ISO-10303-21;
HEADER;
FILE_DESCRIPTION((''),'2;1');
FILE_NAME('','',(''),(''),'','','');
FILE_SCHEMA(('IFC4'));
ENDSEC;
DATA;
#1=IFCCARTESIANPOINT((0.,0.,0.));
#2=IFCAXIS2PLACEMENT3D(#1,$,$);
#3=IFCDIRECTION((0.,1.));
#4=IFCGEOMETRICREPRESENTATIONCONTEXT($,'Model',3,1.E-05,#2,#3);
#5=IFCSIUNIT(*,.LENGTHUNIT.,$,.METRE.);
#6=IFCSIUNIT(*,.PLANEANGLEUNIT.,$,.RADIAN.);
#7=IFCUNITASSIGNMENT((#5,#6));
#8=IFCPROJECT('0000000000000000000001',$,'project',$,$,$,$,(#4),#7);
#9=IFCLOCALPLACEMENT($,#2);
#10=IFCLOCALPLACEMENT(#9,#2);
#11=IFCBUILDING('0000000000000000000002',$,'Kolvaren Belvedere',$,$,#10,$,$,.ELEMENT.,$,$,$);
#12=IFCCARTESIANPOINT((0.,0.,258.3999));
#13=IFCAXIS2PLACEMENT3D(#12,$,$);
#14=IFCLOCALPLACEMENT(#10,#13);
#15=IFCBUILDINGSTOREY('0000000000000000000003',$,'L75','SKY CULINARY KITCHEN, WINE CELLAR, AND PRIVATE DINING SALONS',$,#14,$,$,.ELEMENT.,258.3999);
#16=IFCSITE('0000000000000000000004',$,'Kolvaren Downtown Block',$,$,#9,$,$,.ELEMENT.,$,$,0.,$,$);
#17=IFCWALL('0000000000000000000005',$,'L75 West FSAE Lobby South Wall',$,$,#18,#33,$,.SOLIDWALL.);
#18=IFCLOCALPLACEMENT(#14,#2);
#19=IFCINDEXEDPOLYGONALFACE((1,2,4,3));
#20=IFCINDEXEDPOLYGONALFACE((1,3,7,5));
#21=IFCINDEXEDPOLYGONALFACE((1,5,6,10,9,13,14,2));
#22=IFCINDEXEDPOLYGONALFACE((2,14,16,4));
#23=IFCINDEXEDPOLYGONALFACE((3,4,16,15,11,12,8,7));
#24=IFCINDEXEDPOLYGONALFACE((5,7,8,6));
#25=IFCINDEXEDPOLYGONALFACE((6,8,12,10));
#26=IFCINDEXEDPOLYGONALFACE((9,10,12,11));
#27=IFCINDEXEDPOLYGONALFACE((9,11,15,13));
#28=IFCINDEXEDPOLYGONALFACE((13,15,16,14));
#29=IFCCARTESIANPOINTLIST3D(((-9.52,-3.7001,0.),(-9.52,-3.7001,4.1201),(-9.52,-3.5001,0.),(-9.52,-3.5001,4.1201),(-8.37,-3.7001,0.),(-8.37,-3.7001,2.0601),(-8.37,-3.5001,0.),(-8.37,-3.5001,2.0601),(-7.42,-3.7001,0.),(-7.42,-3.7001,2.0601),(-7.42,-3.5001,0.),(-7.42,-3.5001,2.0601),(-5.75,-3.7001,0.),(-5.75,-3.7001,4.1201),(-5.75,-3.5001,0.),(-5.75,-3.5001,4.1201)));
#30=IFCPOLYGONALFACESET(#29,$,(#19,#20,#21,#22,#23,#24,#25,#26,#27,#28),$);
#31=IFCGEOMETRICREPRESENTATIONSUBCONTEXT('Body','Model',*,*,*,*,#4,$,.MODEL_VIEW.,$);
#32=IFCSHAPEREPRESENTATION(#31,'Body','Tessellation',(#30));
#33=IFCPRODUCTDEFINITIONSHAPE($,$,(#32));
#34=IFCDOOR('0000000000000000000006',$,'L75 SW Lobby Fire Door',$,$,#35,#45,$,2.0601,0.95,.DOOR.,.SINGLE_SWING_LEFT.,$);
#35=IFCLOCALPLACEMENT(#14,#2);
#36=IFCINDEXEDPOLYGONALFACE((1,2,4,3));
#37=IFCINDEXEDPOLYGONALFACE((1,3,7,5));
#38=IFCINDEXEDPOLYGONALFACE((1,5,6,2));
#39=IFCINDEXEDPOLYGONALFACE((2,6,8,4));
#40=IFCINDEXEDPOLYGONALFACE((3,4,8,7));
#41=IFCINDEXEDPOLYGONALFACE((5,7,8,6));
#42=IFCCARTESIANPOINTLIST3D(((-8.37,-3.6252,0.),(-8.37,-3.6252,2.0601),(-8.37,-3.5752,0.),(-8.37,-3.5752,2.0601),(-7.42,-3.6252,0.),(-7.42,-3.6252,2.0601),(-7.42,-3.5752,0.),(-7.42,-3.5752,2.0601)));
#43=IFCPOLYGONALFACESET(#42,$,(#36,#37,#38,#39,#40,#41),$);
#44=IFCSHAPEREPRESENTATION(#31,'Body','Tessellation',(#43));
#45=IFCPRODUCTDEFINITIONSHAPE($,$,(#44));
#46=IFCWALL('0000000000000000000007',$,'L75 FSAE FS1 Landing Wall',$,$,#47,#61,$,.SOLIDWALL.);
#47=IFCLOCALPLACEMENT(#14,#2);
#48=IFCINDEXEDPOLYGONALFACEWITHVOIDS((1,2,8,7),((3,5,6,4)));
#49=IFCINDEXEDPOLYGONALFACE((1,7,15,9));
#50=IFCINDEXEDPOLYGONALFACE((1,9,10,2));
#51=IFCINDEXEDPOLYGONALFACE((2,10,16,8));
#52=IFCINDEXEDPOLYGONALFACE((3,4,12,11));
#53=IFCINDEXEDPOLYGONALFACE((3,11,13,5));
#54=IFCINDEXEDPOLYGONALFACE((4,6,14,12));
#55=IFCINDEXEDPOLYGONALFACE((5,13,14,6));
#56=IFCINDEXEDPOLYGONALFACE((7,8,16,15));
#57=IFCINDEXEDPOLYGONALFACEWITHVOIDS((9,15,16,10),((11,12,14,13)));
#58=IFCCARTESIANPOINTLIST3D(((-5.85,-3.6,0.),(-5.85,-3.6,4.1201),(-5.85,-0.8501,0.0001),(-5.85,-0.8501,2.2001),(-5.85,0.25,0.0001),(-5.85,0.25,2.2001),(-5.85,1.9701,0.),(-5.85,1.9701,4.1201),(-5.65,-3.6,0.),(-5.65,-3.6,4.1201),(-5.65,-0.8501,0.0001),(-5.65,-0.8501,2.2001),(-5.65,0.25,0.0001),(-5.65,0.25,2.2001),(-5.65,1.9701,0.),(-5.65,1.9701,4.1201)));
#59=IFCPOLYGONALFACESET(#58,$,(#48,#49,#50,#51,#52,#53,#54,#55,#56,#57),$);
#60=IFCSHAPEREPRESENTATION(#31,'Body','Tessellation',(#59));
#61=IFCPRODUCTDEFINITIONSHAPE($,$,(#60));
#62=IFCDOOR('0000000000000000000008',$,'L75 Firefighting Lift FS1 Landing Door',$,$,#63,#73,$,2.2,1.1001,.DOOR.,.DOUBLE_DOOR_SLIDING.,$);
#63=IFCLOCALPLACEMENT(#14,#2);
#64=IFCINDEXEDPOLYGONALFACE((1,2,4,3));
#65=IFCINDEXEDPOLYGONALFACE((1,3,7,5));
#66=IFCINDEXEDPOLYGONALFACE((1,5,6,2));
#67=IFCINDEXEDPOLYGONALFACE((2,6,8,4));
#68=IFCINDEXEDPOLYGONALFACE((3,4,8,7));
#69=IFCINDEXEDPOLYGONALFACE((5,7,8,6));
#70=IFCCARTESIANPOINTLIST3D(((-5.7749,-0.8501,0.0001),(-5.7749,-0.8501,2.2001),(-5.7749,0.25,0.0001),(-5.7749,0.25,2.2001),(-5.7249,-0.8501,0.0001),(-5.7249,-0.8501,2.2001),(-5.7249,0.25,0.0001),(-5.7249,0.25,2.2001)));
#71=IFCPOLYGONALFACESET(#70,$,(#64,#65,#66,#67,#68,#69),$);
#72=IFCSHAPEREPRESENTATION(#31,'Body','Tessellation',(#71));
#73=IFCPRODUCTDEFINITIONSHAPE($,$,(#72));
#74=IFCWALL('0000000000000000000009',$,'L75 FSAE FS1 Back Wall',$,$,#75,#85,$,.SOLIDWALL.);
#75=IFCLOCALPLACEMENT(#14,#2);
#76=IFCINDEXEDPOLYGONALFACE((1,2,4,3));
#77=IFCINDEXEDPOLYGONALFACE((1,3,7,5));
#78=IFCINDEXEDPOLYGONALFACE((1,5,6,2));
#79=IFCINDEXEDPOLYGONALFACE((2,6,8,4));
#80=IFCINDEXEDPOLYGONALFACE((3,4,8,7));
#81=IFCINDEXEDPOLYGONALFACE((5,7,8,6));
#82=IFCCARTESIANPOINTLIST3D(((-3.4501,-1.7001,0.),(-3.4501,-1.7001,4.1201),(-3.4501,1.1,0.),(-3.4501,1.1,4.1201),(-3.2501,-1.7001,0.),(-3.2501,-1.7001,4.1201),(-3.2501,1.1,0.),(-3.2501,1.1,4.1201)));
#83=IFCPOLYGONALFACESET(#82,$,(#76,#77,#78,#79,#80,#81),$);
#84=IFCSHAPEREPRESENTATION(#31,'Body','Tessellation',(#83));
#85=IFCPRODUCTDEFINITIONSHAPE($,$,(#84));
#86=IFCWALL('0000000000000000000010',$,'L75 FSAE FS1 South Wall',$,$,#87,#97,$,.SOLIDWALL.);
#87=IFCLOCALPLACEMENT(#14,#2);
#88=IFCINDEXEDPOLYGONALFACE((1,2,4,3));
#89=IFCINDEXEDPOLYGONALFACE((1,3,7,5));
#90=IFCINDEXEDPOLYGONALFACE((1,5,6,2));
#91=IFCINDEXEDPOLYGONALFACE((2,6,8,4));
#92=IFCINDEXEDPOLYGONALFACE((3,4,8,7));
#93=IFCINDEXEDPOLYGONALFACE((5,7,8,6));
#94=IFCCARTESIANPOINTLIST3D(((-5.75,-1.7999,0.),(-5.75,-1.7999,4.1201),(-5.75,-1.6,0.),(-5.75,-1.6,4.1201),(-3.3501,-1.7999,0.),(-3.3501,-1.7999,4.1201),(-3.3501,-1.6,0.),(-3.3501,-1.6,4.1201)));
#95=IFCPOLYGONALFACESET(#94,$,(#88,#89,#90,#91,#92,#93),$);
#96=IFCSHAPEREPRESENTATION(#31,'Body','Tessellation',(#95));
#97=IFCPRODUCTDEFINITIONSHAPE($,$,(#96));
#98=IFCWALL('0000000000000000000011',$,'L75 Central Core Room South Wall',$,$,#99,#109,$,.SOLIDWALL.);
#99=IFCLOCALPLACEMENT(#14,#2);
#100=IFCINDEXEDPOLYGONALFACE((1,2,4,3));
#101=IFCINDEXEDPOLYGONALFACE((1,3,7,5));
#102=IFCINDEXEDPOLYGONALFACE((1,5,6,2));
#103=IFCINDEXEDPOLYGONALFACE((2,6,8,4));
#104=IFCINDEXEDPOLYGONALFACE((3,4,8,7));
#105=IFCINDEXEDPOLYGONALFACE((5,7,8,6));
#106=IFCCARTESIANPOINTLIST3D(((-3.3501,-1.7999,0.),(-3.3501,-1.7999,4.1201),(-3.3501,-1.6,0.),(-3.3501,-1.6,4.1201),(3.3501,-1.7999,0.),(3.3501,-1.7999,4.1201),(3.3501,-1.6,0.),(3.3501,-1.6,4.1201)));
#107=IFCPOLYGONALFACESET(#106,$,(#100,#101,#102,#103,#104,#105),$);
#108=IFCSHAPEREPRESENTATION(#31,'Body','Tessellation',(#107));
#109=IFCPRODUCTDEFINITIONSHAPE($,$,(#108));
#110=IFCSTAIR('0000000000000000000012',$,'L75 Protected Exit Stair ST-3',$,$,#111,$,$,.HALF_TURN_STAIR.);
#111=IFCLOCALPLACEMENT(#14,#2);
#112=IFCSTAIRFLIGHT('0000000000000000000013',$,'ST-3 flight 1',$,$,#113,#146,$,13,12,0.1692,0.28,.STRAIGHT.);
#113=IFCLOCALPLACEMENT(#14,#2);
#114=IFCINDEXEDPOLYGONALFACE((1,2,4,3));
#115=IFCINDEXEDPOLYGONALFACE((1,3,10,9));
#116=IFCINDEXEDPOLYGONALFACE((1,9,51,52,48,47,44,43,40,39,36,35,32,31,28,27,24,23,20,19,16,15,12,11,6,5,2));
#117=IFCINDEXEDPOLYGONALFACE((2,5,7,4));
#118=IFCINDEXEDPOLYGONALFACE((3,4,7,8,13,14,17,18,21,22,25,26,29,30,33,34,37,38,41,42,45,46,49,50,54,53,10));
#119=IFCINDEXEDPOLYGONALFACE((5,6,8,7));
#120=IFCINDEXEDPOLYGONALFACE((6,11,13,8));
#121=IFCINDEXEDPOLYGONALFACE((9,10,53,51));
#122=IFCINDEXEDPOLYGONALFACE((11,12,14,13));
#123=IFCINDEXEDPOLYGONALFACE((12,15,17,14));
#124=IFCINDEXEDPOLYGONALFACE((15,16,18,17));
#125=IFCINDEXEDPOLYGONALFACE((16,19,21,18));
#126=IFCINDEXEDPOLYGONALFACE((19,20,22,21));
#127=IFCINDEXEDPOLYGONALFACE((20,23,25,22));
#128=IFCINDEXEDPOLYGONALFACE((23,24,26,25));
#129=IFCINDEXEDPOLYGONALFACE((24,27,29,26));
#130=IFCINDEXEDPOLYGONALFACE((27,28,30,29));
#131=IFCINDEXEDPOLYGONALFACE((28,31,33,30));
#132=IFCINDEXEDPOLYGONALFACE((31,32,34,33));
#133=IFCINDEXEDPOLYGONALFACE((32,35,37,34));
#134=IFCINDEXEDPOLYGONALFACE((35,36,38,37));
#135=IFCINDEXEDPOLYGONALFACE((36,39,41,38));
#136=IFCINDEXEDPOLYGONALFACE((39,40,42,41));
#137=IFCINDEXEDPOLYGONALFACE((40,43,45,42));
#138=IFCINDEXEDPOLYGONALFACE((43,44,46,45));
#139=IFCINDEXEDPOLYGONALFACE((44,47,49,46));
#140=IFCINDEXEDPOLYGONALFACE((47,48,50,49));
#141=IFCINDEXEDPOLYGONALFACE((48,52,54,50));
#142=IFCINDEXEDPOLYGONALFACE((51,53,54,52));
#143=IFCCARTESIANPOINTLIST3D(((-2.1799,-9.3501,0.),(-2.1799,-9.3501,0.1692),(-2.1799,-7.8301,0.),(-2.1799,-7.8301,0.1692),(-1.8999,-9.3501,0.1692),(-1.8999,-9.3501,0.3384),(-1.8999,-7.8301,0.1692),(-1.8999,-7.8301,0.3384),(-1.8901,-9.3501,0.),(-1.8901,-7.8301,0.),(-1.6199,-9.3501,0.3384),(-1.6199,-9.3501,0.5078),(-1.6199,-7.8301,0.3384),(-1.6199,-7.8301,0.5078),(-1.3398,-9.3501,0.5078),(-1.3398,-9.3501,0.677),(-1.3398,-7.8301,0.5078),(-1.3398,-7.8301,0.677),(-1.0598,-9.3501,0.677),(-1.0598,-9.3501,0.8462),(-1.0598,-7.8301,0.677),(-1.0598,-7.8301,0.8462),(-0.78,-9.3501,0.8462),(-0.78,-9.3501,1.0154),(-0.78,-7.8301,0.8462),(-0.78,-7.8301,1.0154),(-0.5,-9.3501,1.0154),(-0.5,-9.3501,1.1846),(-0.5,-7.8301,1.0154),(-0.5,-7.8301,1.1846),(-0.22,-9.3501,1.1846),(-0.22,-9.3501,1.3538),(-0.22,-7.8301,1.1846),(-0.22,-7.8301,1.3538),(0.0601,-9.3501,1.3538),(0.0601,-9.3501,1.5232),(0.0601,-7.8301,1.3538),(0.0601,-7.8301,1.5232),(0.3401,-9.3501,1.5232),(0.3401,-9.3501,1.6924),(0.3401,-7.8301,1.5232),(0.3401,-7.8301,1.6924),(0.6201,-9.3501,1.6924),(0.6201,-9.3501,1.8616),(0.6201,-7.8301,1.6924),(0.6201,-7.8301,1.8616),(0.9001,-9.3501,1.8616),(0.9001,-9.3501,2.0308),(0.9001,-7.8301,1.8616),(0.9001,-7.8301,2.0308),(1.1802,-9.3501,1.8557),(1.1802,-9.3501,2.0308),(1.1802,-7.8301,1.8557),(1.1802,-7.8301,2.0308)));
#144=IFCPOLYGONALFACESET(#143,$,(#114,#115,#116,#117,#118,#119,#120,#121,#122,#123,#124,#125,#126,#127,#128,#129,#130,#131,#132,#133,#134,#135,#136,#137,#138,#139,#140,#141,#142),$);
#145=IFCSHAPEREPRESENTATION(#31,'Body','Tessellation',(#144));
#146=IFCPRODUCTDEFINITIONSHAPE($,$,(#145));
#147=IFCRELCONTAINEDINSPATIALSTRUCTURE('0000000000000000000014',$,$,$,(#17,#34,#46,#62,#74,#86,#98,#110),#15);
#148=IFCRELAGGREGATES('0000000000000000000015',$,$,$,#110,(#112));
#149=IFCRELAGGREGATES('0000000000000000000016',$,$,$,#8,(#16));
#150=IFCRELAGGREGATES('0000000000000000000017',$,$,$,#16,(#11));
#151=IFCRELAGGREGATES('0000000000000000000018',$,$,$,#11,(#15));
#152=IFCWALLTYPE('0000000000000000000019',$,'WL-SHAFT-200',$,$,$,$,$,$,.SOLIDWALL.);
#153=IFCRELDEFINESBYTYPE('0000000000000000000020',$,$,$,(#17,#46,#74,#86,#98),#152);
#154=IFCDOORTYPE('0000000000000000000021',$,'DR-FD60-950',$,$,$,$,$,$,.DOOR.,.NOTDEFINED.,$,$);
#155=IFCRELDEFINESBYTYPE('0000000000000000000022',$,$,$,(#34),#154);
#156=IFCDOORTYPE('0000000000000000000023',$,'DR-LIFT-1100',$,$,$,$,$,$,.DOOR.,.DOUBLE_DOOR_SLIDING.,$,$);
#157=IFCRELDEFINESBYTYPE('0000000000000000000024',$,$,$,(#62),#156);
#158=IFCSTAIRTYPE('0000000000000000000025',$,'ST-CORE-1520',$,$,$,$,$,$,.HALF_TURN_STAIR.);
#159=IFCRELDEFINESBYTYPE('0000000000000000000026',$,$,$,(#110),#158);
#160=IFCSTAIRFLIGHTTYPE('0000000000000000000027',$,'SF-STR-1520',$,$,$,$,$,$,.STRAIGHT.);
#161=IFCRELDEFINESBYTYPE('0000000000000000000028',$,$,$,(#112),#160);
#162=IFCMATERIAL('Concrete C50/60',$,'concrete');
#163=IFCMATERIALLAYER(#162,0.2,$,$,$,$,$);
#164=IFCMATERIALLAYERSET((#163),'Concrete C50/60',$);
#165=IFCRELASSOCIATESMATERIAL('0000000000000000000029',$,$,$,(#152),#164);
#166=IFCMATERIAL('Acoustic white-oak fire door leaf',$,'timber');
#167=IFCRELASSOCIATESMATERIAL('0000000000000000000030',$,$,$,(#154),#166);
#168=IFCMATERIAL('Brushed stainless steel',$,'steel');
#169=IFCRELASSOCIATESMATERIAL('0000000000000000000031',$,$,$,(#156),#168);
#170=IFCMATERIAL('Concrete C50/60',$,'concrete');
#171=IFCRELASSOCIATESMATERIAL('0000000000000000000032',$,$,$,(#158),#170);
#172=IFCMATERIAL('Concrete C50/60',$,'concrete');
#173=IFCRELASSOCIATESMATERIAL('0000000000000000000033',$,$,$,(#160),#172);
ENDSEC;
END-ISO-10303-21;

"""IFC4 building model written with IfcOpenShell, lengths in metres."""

from ifc_helpers import new_model, si_unit, direction, frame, frame_2d, origin, place, context, subcontext, project, spatial, polyline, rectangle, outline, extrude, material, layer, layer_set, type_object, element, fill, aggregate, save


model = new_model("IFC4")

# Units and contexts
model_context = context("Model", 3, precision=1e-05, world=origin(), true_north=direction((0.0, 1.0)))
body_context = subcontext(model_context, "Body", "Model", "MODEL_VIEW")
ifc_project = project(units=[si_unit("LENGTHUNIT", "METRE"), si_unit("PLANEANGLEUNIT", "RADIAN")], contexts=[model_context])

# Site, building, storey
site_placement = place(None, origin())
site = spatial("IfcSite", under=ifc_project, at=site_placement, Name="Kolvaren Downtown Block", CompositionType="ELEMENT", RefElevation=0.0)
building_placement = place(site_placement, origin())
building = spatial("IfcBuilding", under=site, at=building_placement, Name="Kolvaren Belvedere", CompositionType="ELEMENT")
storey_placement = place(building_placement, frame((0.0, 0.0, 258.3999)))
storey = spatial("IfcBuildingStorey", under=building, at=storey_placement, Name="L75", Description="SKY CULINARY KITCHEN, WINE CELLAR, AND PRIVATE DINING SALONS", CompositionType="ELEMENT", Elevation=258.3999)

# Walls, openings, doors
ifc_material_1 = material(Name="Concrete C50/60", Category="concrete")
ifc_layer_1 = layer(ifc_material_1, 0.2)
ifc_layer_set_1 = layer_set([ifc_layer_1], Name="Concrete C50/60")
wall_type_1 = type_object("IfcWallType", Name="WL-SHAFT-200", PredefinedType="SOLIDWALL", material=ifc_layer_set_1)
wall_1_placement = place(storey_placement, frame((-9.52, -3.6001, 0.0), z_axis=(0.0, 0.0, 1.0), x_axis=(1.0, 0.0, 0.0)))
wall_1 = element("IfcWall", 1, at=wall_1_placement, inside=storey, type_object=wall_type_1, Name="L75 West FSAE Lobby South Wall", PredefinedType="SOLIDWALL", context=body_context, shape_type="SweptSolid", body=[
    extrude(rectangle(XDim=3.77, YDim=0.2, at=frame_2d((1.885, 0.0))), origin(), (0.0, 0.0, 1.0), 4.1201),
])
opening_1_placement = place(wall_1_placement, frame((1.1499, 0.0, 0.0)))
opening_1 = element("IfcOpeningElement", 2, at=opening_1_placement, cuts=wall_1, PredefinedType="OPENING", context=body_context, shape_type="SweptSolid", body=[
    extrude(rectangle(XDim=0.95, YDim=2.0601, at=frame_2d((0.4751, 1.03))), frame((0.0, 0.1099, 0.0), z_axis=(0.0, -1.0, 0.0), x_axis=(1.0, 0.0, 0.0)), (0.0, 0.0, 1.0), 0.22),
])
ifc_material_2 = material(Name="Acoustic white-oak fire door leaf", Category="timber")
door_type_1 = type_object("IfcDoorType", Name="DR-FD60-950", OperationType="NOTDEFINED", PredefinedType="DOOR", material=ifc_material_2)
door_1_placement = place(opening_1_placement, origin())
door_1 = element("IfcDoor", 3, at=door_1_placement, inside=storey, type_object=door_type_1, Name="L75 SW Lobby Fire Door", OperationType="SINGLE_SWING_LEFT", OverallHeight=2.0601, OverallWidth=0.95, PredefinedType="DOOR", context=body_context, shape_type="SweptSolid", body=[
    extrude(rectangle(XDim=0.95, YDim=2.0601, at=frame_2d((0.4751, 1.03))), frame((0.0, 0.0249, 0.0), z_axis=(0.0, -1.0, 0.0), x_axis=(1.0, 0.0, 0.0)), (0.0, 0.0, 1.0), 0.05),
])
fill(opening_1, door_1)
wall_2_placement = place(storey_placement, frame((-5.75, -3.6001, 0.0), z_axis=(0.0, 0.0, 1.0), x_axis=(0.0, 1.0, 0.0)))
wall_2 = element("IfcWall", 4, at=wall_2_placement, inside=storey, type_object=wall_type_1, Name="L75 FSAE FS1 Landing Wall", PredefinedType="SOLIDWALL", context=body_context, shape_type="SweptSolid", body=[
    extrude(rectangle(XDim=5.5701, YDim=0.2, at=frame_2d((2.7852, 0.0))), origin(), (0.0, 0.0, 1.0), 4.1201),
])
opening_2_placement = place(wall_2_placement, frame((2.75, 0.0, 0.0)))
opening_2 = element("IfcOpeningElement", 5, at=opening_2_placement, cuts=wall_2, PredefinedType="OPENING", context=body_context, shape_type="SweptSolid", body=[
    extrude(rectangle(XDim=1.1001, YDim=2.2, at=frame_2d((0.55, 1.1001))), frame((0.0, 0.1099, 0.0), z_axis=(0.0, -1.0, 0.0), x_axis=(1.0, 0.0, 0.0)), (0.0, 0.0, 1.0), 0.22),
])
ifc_material_3 = material(Name="Brushed stainless steel", Category="steel")
door_type_2 = type_object("IfcDoorType", Name="DR-LIFT-1100", OperationType="DOUBLE_DOOR_SLIDING", PredefinedType="DOOR", material=ifc_material_3)
door_2_placement = place(opening_2_placement, origin())
door_2 = element("IfcDoor", 6, at=door_2_placement, inside=storey, type_object=door_type_2, Name="L75 Firefighting Lift FS1 Landing Door", OperationType="DOUBLE_DOOR_SLIDING", OverallHeight=2.2, OverallWidth=1.1001, PredefinedType="DOOR", context=body_context, shape_type="SweptSolid", body=[
    extrude(rectangle(XDim=1.1001, YDim=2.2, at=frame_2d((0.55, 1.1001))), frame((0.0, 0.0249, 0.0), z_axis=(0.0, -1.0, 0.0), x_axis=(1.0, 0.0, 0.0)), (0.0, 0.0, 1.0), 0.05),
])
fill(opening_2, door_2)

# Walls
wall_3_placement = place(storey_placement, frame((-3.3501, -1.7, 0.0), z_axis=(0.0, 0.0, 1.0), x_axis=(0.0, 1.0, 0.0)))
element("IfcWall", 7, at=wall_3_placement, inside=storey, type_object=wall_type_1, Name="L75 FSAE FS1 Back Wall", PredefinedType="SOLIDWALL", context=body_context, shape_type="SweptSolid", body=[
    extrude(rectangle(XDim=2.8, YDim=0.2, at=frame_2d((1.3999, 0.0))), origin(), (0.0, 0.0, 1.0), 4.1201),
])
wall_4_placement = place(storey_placement, frame((-5.75, -1.7, 0.0), z_axis=(0.0, 0.0, 1.0), x_axis=(1.0, 0.0, 0.0)))
element("IfcWall", 8, at=wall_4_placement, inside=storey, type_object=wall_type_1, Name="L75 FSAE FS1 South Wall", PredefinedType="SOLIDWALL", context=body_context, shape_type="SweptSolid", body=[
    extrude(rectangle(XDim=2.3999, YDim=0.2, at=frame_2d((1.2, 0.0))), origin(), (0.0, 0.0, 1.0), 4.1201),
])
wall_5_placement = place(storey_placement, frame((-3.3501, -1.7, 0.0), z_axis=(0.0, 0.0, 1.0), x_axis=(1.0, 0.0, 0.0)))
element("IfcWall", 9, at=wall_5_placement, inside=storey, type_object=wall_type_1, Name="L75 Central Core Room South Wall", PredefinedType="SOLIDWALL", context=body_context, shape_type="SweptSolid", body=[
    extrude(rectangle(XDim=6.7002, YDim=0.2, at=frame_2d((3.3501, 0.0))), origin(), (0.0, 0.0, 1.0), 4.1201),
])

# Stair, stair flight
ifc_material_4 = material(Name="Concrete C50/60", Category="concrete")
stair_type = type_object("IfcStairType", Name="ST-CORE-1520", PredefinedType="HALF_TURN_STAIR", material=ifc_material_4)
stair_placement = place(storey_placement, origin())
stair = element("IfcStair", 10, at=stair_placement, inside=storey, type_object=stair_type, Name="L75 Protected Exit Stair ST-3", PredefinedType="HALF_TURN_STAIR")
ifc_material_5 = material(Name="Concrete C50/60", Category="concrete")
stair_flight_type = type_object("IfcStairFlightType", Name="SF-STR-1520", PredefinedType="STRAIGHT", material=ifc_material_5)
stair_flight_placement = place(storey_placement, frame((-2.1799, -8.5901, 0.0), z_axis=(0.0, 0.0, 1.0), x_axis=(1.0, 0.0, 0.0)))
stair_flight = element("IfcStairFlight", 11, at=stair_flight_placement, type_object=stair_flight_type, Name="ST-3 flight 1", NumberOfRisers=13, NumberOfTreads=12, PredefinedType="STRAIGHT", RiserHeight=0.1692, TreadLength=0.28, context=body_context, shape_type="SweptSolid", body=[
    extrude(outline(polyline([(0.0, 0.0), (0.0, 0.1692), (0.28, 0.1692), (0.28, 0.3384), (0.5601, 0.3384), (0.5601, 0.5078), (0.8401, 0.5078), (0.8401, 0.677), (1.1201, 0.677), (1.1201, 0.8462), (1.3999, 0.8462), (1.3999, 1.0154), (1.6799, 1.0154), (1.6799, 1.1846), (1.96, 1.1846), (1.96, 1.3538), (2.24, 1.3538), (2.24, 1.5232), (2.52, 1.5232), (2.52, 1.6924), (2.8, 1.6924), (2.8, 1.8616), (3.0801, 1.8616), (3.0801, 2.0308), (3.3601, 2.0308), (3.3601, 2.2), (3.3601, 1.8557), (0.2898, 0.0), (0.0, 0.0)])), frame((0.0, 0.76, 0.0), z_axis=(0.0, -1.0, 0.0), x_axis=(1.0, 0.0, 0.0)), (0.0, 0.0, 1.0), 1.52),
])
aggregate(stair, [stair_flight])

save(model, "model.ifc")
